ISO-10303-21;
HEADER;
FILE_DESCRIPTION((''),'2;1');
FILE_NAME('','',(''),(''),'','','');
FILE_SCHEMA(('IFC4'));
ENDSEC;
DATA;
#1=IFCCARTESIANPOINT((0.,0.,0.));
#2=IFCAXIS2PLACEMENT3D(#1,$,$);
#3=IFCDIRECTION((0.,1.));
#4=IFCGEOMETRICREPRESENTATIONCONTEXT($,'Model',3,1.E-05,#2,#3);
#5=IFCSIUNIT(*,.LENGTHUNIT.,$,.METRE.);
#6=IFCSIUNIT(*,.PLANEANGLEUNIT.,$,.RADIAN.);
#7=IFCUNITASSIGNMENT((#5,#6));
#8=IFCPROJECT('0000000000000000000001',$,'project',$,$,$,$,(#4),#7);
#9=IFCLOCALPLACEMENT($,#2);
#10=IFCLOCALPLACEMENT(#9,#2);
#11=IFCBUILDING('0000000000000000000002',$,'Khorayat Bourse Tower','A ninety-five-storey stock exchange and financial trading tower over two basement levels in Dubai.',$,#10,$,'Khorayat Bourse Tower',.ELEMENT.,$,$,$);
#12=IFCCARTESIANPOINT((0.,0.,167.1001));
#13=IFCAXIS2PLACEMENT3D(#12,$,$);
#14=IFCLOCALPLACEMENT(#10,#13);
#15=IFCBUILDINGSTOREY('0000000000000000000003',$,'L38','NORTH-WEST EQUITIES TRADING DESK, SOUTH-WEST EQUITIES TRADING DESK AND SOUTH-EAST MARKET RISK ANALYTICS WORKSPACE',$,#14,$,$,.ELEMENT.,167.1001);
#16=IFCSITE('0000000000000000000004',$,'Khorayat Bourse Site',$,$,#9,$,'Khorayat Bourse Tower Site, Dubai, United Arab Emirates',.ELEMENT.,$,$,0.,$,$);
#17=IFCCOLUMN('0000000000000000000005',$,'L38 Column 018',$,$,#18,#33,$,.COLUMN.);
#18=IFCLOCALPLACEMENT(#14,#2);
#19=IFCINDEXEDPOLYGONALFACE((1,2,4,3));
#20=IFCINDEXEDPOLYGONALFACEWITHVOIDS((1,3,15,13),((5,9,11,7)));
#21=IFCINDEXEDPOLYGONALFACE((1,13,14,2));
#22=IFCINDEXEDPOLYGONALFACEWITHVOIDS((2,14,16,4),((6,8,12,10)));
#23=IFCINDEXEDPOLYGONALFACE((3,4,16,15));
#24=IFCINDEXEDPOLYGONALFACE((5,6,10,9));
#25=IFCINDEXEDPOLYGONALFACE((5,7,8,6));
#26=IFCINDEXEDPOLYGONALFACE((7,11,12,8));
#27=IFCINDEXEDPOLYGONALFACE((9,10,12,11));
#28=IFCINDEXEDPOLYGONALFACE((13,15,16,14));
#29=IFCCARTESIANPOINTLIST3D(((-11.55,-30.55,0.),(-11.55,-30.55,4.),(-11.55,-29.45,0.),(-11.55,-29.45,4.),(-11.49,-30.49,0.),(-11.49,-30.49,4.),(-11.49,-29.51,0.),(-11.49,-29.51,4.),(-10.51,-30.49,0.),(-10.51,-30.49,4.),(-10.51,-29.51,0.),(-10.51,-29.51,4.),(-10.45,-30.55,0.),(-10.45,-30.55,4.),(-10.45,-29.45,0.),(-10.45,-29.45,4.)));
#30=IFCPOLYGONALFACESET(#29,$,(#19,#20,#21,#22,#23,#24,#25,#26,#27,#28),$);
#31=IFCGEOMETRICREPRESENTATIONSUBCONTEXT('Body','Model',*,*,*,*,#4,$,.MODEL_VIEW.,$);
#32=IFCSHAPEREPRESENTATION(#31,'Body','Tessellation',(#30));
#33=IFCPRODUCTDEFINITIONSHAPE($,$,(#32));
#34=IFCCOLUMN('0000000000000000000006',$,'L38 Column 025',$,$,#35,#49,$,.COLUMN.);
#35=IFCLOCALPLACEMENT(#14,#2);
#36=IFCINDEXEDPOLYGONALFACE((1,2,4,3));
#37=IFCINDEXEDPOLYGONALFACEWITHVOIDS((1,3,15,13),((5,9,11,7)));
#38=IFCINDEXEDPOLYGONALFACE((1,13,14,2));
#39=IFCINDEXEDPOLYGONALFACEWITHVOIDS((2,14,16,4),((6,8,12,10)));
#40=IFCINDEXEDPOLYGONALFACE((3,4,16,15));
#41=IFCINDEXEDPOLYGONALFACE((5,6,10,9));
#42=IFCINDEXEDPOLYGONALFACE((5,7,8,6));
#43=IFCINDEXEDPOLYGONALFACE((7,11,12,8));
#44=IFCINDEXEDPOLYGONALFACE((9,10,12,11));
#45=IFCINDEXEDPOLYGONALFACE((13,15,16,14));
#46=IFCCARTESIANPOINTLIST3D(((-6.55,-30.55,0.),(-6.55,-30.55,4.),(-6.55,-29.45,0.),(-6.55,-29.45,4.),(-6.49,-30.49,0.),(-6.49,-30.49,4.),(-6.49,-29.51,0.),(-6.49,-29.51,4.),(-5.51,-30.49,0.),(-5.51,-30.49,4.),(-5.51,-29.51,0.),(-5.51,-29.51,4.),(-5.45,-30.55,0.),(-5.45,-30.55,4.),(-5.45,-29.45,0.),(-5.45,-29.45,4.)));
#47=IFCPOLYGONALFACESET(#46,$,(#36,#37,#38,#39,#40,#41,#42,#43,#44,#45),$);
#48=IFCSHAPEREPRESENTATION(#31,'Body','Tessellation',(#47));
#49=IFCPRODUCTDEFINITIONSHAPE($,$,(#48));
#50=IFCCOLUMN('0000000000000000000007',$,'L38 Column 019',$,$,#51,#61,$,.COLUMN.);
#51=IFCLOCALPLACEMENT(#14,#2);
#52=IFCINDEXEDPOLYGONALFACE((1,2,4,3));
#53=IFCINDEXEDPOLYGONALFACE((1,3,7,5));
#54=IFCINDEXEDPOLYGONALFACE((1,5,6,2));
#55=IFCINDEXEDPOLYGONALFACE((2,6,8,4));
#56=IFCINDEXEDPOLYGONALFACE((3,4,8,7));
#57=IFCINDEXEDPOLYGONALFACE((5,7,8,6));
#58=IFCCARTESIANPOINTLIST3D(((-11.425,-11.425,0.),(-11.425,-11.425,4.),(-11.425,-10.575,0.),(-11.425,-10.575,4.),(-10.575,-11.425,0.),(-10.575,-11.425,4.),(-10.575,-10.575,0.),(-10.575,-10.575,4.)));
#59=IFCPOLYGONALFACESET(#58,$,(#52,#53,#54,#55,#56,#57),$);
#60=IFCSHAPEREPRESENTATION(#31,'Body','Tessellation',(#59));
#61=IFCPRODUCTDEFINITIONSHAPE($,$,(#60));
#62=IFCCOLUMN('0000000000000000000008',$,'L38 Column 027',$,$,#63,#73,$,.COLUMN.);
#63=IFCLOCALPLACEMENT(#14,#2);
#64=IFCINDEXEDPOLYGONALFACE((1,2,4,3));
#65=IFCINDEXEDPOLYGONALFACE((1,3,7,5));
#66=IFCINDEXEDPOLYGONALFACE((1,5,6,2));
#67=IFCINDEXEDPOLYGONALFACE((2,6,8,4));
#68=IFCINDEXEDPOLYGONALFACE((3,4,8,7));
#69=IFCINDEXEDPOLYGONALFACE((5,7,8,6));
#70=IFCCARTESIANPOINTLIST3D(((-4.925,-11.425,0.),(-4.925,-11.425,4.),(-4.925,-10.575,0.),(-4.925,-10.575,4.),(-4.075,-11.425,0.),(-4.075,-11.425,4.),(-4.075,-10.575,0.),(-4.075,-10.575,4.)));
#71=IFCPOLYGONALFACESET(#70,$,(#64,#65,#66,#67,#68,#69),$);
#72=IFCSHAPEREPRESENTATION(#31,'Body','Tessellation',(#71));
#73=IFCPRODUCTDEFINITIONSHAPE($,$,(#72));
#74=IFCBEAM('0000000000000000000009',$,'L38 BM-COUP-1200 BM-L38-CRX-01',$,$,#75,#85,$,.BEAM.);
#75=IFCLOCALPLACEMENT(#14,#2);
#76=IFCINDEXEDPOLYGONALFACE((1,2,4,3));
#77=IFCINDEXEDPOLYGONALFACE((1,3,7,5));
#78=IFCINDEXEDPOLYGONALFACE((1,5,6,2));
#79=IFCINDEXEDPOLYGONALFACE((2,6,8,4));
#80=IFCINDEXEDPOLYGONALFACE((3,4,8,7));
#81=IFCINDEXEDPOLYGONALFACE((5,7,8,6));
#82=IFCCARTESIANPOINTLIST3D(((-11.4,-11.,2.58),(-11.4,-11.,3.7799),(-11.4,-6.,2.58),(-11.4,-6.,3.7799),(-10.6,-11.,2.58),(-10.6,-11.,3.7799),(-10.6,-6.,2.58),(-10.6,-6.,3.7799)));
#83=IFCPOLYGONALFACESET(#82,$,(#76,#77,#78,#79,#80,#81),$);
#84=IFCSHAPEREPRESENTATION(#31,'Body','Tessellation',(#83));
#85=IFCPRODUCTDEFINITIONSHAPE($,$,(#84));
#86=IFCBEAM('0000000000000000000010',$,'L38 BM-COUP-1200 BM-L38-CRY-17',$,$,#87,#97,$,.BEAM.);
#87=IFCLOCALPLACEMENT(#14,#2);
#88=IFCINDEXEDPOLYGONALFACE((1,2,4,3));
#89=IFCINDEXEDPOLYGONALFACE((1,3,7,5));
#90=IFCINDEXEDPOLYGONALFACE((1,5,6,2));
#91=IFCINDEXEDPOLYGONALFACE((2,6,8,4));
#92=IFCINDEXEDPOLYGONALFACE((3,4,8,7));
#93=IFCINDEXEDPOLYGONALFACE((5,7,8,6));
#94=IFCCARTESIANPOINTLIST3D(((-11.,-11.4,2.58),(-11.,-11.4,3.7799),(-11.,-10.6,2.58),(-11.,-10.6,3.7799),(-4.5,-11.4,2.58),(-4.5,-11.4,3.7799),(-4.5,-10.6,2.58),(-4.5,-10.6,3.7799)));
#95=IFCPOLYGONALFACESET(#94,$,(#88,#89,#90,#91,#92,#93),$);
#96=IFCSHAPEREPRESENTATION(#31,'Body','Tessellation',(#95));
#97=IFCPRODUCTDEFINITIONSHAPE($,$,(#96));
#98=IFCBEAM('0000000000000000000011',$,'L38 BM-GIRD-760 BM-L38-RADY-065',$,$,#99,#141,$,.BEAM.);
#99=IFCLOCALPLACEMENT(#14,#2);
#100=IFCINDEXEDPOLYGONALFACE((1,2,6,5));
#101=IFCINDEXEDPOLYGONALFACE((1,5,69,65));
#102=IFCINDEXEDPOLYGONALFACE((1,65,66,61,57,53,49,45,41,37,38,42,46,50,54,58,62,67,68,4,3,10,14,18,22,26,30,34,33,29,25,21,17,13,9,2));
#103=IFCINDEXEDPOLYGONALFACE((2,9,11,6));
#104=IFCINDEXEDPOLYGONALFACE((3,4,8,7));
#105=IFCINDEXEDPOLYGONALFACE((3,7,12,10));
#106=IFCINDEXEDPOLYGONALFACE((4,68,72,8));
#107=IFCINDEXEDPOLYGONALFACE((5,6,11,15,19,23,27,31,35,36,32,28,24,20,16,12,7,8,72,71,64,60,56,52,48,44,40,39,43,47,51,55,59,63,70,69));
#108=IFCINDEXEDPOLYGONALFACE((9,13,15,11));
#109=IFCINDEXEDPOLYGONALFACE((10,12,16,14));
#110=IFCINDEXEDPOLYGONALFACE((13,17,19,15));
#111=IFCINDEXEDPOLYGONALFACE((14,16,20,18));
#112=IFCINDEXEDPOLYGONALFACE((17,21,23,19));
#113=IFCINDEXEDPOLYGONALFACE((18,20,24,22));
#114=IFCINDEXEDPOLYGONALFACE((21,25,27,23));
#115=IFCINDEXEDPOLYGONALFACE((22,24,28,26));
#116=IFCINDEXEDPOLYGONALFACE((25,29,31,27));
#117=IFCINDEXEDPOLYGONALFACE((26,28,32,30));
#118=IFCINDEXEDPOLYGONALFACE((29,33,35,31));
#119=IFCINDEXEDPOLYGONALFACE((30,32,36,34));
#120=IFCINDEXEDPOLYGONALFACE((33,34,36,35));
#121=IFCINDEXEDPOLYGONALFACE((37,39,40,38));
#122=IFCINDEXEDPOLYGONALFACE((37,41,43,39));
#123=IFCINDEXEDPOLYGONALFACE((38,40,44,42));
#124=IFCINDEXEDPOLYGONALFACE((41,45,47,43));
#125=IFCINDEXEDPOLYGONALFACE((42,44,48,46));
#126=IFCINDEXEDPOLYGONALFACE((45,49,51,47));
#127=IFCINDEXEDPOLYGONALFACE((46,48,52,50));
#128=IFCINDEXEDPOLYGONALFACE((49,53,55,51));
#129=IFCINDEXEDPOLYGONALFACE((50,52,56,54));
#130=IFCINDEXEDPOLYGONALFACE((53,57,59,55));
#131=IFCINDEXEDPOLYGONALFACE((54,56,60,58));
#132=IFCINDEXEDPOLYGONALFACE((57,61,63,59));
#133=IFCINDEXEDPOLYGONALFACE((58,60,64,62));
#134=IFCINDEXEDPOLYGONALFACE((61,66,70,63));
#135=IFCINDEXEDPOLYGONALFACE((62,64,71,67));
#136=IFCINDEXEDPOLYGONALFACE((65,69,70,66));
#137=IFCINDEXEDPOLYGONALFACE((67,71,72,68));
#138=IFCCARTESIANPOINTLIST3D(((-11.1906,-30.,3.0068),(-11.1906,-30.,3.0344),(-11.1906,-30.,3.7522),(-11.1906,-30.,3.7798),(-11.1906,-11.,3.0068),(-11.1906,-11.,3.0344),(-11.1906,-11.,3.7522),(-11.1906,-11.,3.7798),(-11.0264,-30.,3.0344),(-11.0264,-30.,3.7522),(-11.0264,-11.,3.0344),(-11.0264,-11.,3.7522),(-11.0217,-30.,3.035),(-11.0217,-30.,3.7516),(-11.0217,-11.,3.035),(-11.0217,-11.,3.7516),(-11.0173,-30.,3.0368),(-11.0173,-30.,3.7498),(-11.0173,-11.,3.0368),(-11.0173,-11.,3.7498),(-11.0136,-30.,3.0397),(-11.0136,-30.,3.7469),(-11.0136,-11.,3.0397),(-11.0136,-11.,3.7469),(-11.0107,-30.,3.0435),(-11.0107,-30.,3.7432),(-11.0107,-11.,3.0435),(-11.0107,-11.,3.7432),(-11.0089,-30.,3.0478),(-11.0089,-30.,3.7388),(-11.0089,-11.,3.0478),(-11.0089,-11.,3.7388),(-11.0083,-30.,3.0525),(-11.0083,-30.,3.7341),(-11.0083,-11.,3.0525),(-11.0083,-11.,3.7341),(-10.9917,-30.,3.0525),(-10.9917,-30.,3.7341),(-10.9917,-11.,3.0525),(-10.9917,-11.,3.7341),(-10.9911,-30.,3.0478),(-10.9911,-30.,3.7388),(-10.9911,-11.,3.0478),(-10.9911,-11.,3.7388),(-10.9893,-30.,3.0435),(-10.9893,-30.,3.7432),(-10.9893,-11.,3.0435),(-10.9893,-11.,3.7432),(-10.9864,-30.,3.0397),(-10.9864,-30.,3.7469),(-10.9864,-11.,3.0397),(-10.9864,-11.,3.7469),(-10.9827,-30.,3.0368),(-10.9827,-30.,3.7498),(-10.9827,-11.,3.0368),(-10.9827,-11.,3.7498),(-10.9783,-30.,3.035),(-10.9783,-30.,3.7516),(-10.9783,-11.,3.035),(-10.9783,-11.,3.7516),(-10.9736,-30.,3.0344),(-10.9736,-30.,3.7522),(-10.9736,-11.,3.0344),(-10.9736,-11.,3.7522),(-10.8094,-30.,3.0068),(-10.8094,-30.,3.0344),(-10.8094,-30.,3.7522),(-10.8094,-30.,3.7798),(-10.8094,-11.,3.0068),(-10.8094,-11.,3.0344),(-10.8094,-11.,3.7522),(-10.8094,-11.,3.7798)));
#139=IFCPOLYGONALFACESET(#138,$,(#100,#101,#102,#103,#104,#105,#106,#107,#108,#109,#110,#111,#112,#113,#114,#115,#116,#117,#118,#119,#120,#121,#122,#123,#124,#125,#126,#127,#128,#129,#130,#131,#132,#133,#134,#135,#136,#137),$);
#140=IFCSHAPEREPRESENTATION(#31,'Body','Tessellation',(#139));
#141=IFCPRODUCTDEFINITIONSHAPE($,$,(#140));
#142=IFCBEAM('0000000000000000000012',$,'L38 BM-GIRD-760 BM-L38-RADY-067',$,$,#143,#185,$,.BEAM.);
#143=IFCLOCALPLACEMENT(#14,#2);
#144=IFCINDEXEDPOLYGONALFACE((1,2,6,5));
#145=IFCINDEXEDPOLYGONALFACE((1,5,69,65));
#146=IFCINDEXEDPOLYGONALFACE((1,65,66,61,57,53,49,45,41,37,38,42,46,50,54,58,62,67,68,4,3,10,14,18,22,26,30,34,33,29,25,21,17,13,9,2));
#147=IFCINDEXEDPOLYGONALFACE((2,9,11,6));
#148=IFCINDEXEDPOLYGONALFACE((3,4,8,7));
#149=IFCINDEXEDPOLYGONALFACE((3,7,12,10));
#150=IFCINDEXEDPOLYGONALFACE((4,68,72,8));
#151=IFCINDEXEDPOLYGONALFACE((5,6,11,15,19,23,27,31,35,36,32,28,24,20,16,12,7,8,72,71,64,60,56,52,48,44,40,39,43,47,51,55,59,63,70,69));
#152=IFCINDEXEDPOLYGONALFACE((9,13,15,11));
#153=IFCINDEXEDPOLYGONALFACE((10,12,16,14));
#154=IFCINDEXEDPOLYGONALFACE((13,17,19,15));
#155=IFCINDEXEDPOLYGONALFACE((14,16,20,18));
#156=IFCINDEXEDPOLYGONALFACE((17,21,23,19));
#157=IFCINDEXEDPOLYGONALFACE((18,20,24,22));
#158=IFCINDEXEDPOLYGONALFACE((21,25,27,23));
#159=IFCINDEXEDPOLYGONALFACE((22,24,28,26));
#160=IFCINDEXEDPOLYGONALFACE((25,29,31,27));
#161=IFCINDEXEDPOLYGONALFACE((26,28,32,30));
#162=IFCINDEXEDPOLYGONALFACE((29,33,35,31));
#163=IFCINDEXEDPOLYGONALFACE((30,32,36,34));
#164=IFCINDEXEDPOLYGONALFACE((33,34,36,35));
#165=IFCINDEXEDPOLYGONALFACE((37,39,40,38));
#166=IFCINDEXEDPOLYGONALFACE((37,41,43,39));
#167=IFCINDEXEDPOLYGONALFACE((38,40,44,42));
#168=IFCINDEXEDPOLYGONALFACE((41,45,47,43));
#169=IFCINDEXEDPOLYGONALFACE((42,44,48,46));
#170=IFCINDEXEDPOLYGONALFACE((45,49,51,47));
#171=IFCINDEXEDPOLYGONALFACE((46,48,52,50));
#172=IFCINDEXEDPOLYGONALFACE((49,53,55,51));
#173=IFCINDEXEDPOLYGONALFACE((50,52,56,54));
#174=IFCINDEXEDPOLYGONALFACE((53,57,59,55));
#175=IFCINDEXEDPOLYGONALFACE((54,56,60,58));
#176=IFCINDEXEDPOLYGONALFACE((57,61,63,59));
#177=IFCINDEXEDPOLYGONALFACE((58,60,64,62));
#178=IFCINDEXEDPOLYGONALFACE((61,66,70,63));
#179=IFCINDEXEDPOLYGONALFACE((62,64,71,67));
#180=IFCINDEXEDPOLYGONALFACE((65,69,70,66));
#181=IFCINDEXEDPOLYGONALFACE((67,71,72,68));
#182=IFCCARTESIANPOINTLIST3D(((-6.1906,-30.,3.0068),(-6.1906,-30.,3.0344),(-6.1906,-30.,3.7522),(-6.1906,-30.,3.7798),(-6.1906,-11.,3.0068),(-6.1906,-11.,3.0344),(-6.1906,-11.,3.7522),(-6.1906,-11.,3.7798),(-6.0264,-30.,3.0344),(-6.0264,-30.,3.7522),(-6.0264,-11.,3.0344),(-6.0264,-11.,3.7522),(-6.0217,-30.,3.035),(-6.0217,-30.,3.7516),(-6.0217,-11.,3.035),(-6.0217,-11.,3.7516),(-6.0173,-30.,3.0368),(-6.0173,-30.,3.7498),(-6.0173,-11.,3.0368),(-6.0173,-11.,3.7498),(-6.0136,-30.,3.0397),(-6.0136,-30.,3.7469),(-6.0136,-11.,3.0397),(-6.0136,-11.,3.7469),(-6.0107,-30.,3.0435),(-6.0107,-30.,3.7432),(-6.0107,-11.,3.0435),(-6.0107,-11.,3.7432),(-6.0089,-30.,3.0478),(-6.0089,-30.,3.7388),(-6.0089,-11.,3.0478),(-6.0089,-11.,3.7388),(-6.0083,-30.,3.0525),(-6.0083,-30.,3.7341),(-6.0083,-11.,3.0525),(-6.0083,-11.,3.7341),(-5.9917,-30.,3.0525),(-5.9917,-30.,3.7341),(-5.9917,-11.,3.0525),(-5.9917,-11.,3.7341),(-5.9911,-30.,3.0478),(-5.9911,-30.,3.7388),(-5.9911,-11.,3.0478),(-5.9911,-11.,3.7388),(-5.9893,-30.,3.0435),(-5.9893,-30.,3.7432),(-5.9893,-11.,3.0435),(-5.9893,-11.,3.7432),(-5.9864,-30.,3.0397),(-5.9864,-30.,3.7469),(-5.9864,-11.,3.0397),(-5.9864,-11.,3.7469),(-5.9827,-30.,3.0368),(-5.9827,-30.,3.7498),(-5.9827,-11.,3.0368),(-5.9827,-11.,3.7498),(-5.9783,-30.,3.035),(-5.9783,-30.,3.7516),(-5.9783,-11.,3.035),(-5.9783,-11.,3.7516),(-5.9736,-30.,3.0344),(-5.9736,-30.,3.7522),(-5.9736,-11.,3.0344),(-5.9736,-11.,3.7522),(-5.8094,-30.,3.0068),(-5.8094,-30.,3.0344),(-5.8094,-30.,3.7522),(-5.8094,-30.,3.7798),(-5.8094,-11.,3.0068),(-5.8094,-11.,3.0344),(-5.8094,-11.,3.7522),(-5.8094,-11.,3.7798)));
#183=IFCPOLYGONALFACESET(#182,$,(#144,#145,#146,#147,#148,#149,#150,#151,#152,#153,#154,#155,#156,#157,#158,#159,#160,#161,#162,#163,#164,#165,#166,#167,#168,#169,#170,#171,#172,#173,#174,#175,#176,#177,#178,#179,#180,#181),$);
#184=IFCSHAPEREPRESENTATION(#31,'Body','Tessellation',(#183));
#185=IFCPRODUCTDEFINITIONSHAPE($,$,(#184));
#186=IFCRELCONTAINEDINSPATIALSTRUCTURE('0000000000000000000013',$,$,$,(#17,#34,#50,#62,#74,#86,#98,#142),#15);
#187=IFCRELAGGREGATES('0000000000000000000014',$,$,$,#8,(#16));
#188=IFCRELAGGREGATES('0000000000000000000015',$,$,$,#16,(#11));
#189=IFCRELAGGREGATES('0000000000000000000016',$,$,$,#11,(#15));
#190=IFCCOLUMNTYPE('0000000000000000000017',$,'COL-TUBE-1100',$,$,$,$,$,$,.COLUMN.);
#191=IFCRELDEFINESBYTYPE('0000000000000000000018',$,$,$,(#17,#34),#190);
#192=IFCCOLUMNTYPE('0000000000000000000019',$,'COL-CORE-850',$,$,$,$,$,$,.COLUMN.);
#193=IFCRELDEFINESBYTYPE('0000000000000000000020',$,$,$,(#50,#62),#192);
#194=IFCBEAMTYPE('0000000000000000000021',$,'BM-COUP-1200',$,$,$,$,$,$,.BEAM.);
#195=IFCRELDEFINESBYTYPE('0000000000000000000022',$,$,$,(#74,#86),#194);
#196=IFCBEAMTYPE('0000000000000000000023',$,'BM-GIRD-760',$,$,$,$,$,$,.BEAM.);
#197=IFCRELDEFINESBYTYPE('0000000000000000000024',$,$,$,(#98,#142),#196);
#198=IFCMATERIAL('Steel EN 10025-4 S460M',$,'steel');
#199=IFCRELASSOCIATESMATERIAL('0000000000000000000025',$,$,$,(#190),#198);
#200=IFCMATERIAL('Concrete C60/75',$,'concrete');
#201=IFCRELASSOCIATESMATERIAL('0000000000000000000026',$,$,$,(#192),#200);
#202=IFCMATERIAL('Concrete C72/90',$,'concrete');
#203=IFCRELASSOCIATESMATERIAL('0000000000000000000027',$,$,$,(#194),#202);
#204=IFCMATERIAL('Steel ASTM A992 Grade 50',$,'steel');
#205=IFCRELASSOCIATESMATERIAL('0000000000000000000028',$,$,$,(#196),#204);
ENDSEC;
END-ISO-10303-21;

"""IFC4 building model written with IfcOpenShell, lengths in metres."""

from ifc_helpers import new_model, si_unit, direction, frame, origin, origin_2d, place, context, subcontext, project, spatial, rectangle, hollow_rectangle, i_section, extrude, source, transform, mapped, material, material_profile, profile_set, type_object, element, save


model = new_model("IFC4")

# Units and contexts
model_context = context("Model", 3, precision=1e-05, world=origin(), true_north=direction((0.0, 1.0)))
body_context = subcontext(model_context, "Body", "Model", "MODEL_VIEW")
ifc_project = project(units=[si_unit("LENGTHUNIT", "METRE"), si_unit("PLANEANGLEUNIT", "RADIAN")], contexts=[model_context])

# Site, building, storey
site_placement = place(None, origin())
site = spatial("IfcSite", under=ifc_project, at=site_placement, Name="Khorayat Bourse Site", LongName="Khorayat Bourse Tower Site, Dubai, United Arab Emirates", CompositionType="ELEMENT", RefElevation=0.0)
building_placement = place(site_placement, origin())
building = spatial("IfcBuilding", under=site, at=building_placement, Name="Khorayat Bourse Tower", Description="A ninety-five-storey stock exchange and financial trading tower over two basement levels in Dubai.", LongName="Khorayat Bourse Tower", CompositionType="ELEMENT")
storey_placement = place(building_placement, frame((0.0, 0.0, 167.1001)))
storey = spatial("IfcBuildingStorey", under=building, at=storey_placement, Name="L38", Description="NORTH-WEST EQUITIES TRADING DESK, SOUTH-WEST EQUITIES TRADING DESK AND SOUTH-EAST MARKET RISK ANALYTICS WORKSPACE", CompositionType="ELEMENT", Elevation=167.1001)

# Columns
ifc_material_1 = material(Name="Steel EN 10025-4 S460M", Category="steel")
ifc_material_profile_1 = material_profile(ifc_material_1, hollow_rectangle(XDim=1.1001, YDim=1.1001, WallThickness=0.0601, at=origin_2d()), Name="BOX 1100x1100x60")
ifc_profile_set_1 = profile_set([ifc_material_profile_1], Name="Steel EN 10025-4 S460M")
column_type_1 = type_object("IfcColumnType", Name="COL-TUBE-1100", PredefinedType="COLUMN", material=ifc_profile_set_1)
shared_shape_1 = source(origin(), body_context, "Body", "SweptSolid", [
    extrude(hollow_rectangle(XDim=1.1001, YDim=1.1001, WallThickness=0.0601, at=origin_2d()), origin(), (0.0, 0.0, 1.0), 4.0),
])
for number, where, z_axis, x_axis, name in (
    (1, (-11.0, -30.0, 0.0), (0.0, 0.0, 1.0), (1.0, 0.0, 0.0), "L38 Column 018"),
    (2, (-6.0, -30.0, 0.0), (0.0, 0.0, 1.0), (1.0, 0.0, 0.0), "L38 Column 025"),
):
    element("IfcColumn", number, at=place(storey_placement, frame(where, z_axis=z_axis, x_axis=x_axis)), inside=storey, type_object=column_type_1, Name=name, PredefinedType="COLUMN", context=body_context, shape_type="MappedRepresentation", body=[
        mapped(shared_shape_1, transform((0.0, 0.0, 0.0), scale=1.0)),
    ])
ifc_material_2 = material(Name="Concrete C60/75", Category="concrete")
ifc_material_profile_2 = material_profile(ifc_material_2, rectangle(XDim=0.8501, YDim=0.8501, at=origin_2d()), Name="RC 850x850")
ifc_profile_set_2 = profile_set([ifc_material_profile_2], Name="Concrete C60/75")
column_type_2 = type_object("IfcColumnType", Name="COL-CORE-850", PredefinedType="COLUMN", material=ifc_profile_set_2)
shared_shape_2 = source(origin(), body_context, "Body", "SweptSolid", [
    extrude(rectangle(XDim=0.8501, YDim=0.8501, at=origin_2d()), origin(), (0.0, 0.0, 1.0), 4.0),
])
for number, where, z_axis, x_axis, name in (
    (3, (-11.0, -11.0, 0.0), (0.0, 0.0, 1.0), (1.0, 0.0, 0.0), "L38 Column 019"),
    (4, (-4.5, -11.0, 0.0), (0.0, 0.0, 1.0), (1.0, 0.0, 0.0), "L38 Column 027"),
):
    element("IfcColumn", number, at=place(storey_placement, frame(where, z_axis=z_axis, x_axis=x_axis)), inside=storey, type_object=column_type_2, Name=name, PredefinedType="COLUMN", context=body_context, shape_type="MappedRepresentation", body=[
        mapped(shared_shape_2, transform((0.0, 0.0, 0.0), scale=1.0)),
    ])

# Beams
ifc_material_3 = material(Name="Concrete C72/90", Category="concrete")
ifc_material_profile_3 = material_profile(ifc_material_3, rectangle(XDim=0.8, YDim=1.2, at=origin_2d()), Name="RC 800x1200")
ifc_profile_set_3 = profile_set([ifc_material_profile_3], Name="Concrete C72/90")
beam_type_1 = type_object("IfcBeamType", Name="BM-COUP-1200", PredefinedType="BEAM", material=ifc_profile_set_3)
shared_shape_3 = source(origin(), body_context, "Body", "SweptSolid", [
    extrude(rectangle(XDim=0.8, YDim=1.2, at=origin_2d()), origin(), (0.0, 0.0, 1.0), 5.0),
])
beam_1_placement = place(storey_placement, frame((-11.0, -11.0, 3.1799), z_axis=(0.0, 1.0, 0.0), x_axis=(-1.0, 0.0, 0.0)))
element("IfcBeam", 5, at=beam_1_placement, inside=storey, type_object=beam_type_1, Name="L38 BM-COUP-1200 BM-L38-CRX-01", PredefinedType="BEAM", context=body_context, shape_type="MappedRepresentation", body=[
    mapped(shared_shape_3, transform((0.0, 0.0, 0.0), scale=1.0)),
])
shared_shape_4 = source(origin(), body_context, "Body", "SweptSolid", [
    extrude(rectangle(XDim=0.8, YDim=1.2, at=origin_2d()), origin(), (0.0, 0.0, 1.0), 6.5),
])
beam_2_placement = place(storey_placement, frame((-11.0, -11.0, 3.1799), z_axis=(1.0, 0.0, 0.0), x_axis=(0.0, 1.0, 0.0)))
element("IfcBeam", 6, at=beam_2_placement, inside=storey, type_object=beam_type_1, Name="L38 BM-COUP-1200 BM-L38-CRY-17", PredefinedType="BEAM", context=body_context, shape_type="MappedRepresentation", body=[
    mapped(shared_shape_4, transform((0.0, 0.0, 0.0), scale=1.0)),
])
ifc_material_4 = material(Name="Steel ASTM A992 Grade 50", Category="steel")
ifc_material_profile_4 = material_profile(ifc_material_4, i_section(OverallWidth=0.3811, OverallDepth=0.7729, WebThickness=0.0166, FlangeThickness=0.0276, FilletRadius=0.0181, at=origin_2d()), Name="W760X257")
ifc_profile_set_4 = profile_set([ifc_material_profile_4], Name="Steel ASTM A992 Grade 50")
beam_type_2 = type_object("IfcBeamType", Name="BM-GIRD-760", PredefinedType="BEAM", material=ifc_profile_set_4)
shared_shape_5 = source(origin(), body_context, "Body", "SweptSolid", [
    extrude(i_section(OverallWidth=0.3811, OverallDepth=0.7729, WebThickness=0.0166, FlangeThickness=0.0276, FilletRadius=0.0181, at=origin_2d()), origin(), (0.0, 0.0, 1.0), 19.0),
])
for number, where, z_axis, x_axis, name in (
    (7, (-11.0, -30.0, 3.3933), (0.0, 1.0, 0.0), (-1.0, 0.0, 0.0), "L38 BM-GIRD-760 BM-L38-RADY-065"),
    (8, (-6.0, -30.0, 3.3933), (0.0, 1.0, 0.0), (-1.0, 0.0, 0.0), "L38 BM-GIRD-760 BM-L38-RADY-067"),
):
    element("IfcBeam", number, at=place(storey_placement, frame(where, z_axis=z_axis, x_axis=x_axis)), inside=storey, type_object=beam_type_2, Name=name, PredefinedType="BEAM", context=body_context, shape_type="MappedRepresentation", body=[
        mapped(shared_shape_5, transform((0.0, 0.0, 0.0), scale=1.0)),
    ])

save(model, "model.ifc")
